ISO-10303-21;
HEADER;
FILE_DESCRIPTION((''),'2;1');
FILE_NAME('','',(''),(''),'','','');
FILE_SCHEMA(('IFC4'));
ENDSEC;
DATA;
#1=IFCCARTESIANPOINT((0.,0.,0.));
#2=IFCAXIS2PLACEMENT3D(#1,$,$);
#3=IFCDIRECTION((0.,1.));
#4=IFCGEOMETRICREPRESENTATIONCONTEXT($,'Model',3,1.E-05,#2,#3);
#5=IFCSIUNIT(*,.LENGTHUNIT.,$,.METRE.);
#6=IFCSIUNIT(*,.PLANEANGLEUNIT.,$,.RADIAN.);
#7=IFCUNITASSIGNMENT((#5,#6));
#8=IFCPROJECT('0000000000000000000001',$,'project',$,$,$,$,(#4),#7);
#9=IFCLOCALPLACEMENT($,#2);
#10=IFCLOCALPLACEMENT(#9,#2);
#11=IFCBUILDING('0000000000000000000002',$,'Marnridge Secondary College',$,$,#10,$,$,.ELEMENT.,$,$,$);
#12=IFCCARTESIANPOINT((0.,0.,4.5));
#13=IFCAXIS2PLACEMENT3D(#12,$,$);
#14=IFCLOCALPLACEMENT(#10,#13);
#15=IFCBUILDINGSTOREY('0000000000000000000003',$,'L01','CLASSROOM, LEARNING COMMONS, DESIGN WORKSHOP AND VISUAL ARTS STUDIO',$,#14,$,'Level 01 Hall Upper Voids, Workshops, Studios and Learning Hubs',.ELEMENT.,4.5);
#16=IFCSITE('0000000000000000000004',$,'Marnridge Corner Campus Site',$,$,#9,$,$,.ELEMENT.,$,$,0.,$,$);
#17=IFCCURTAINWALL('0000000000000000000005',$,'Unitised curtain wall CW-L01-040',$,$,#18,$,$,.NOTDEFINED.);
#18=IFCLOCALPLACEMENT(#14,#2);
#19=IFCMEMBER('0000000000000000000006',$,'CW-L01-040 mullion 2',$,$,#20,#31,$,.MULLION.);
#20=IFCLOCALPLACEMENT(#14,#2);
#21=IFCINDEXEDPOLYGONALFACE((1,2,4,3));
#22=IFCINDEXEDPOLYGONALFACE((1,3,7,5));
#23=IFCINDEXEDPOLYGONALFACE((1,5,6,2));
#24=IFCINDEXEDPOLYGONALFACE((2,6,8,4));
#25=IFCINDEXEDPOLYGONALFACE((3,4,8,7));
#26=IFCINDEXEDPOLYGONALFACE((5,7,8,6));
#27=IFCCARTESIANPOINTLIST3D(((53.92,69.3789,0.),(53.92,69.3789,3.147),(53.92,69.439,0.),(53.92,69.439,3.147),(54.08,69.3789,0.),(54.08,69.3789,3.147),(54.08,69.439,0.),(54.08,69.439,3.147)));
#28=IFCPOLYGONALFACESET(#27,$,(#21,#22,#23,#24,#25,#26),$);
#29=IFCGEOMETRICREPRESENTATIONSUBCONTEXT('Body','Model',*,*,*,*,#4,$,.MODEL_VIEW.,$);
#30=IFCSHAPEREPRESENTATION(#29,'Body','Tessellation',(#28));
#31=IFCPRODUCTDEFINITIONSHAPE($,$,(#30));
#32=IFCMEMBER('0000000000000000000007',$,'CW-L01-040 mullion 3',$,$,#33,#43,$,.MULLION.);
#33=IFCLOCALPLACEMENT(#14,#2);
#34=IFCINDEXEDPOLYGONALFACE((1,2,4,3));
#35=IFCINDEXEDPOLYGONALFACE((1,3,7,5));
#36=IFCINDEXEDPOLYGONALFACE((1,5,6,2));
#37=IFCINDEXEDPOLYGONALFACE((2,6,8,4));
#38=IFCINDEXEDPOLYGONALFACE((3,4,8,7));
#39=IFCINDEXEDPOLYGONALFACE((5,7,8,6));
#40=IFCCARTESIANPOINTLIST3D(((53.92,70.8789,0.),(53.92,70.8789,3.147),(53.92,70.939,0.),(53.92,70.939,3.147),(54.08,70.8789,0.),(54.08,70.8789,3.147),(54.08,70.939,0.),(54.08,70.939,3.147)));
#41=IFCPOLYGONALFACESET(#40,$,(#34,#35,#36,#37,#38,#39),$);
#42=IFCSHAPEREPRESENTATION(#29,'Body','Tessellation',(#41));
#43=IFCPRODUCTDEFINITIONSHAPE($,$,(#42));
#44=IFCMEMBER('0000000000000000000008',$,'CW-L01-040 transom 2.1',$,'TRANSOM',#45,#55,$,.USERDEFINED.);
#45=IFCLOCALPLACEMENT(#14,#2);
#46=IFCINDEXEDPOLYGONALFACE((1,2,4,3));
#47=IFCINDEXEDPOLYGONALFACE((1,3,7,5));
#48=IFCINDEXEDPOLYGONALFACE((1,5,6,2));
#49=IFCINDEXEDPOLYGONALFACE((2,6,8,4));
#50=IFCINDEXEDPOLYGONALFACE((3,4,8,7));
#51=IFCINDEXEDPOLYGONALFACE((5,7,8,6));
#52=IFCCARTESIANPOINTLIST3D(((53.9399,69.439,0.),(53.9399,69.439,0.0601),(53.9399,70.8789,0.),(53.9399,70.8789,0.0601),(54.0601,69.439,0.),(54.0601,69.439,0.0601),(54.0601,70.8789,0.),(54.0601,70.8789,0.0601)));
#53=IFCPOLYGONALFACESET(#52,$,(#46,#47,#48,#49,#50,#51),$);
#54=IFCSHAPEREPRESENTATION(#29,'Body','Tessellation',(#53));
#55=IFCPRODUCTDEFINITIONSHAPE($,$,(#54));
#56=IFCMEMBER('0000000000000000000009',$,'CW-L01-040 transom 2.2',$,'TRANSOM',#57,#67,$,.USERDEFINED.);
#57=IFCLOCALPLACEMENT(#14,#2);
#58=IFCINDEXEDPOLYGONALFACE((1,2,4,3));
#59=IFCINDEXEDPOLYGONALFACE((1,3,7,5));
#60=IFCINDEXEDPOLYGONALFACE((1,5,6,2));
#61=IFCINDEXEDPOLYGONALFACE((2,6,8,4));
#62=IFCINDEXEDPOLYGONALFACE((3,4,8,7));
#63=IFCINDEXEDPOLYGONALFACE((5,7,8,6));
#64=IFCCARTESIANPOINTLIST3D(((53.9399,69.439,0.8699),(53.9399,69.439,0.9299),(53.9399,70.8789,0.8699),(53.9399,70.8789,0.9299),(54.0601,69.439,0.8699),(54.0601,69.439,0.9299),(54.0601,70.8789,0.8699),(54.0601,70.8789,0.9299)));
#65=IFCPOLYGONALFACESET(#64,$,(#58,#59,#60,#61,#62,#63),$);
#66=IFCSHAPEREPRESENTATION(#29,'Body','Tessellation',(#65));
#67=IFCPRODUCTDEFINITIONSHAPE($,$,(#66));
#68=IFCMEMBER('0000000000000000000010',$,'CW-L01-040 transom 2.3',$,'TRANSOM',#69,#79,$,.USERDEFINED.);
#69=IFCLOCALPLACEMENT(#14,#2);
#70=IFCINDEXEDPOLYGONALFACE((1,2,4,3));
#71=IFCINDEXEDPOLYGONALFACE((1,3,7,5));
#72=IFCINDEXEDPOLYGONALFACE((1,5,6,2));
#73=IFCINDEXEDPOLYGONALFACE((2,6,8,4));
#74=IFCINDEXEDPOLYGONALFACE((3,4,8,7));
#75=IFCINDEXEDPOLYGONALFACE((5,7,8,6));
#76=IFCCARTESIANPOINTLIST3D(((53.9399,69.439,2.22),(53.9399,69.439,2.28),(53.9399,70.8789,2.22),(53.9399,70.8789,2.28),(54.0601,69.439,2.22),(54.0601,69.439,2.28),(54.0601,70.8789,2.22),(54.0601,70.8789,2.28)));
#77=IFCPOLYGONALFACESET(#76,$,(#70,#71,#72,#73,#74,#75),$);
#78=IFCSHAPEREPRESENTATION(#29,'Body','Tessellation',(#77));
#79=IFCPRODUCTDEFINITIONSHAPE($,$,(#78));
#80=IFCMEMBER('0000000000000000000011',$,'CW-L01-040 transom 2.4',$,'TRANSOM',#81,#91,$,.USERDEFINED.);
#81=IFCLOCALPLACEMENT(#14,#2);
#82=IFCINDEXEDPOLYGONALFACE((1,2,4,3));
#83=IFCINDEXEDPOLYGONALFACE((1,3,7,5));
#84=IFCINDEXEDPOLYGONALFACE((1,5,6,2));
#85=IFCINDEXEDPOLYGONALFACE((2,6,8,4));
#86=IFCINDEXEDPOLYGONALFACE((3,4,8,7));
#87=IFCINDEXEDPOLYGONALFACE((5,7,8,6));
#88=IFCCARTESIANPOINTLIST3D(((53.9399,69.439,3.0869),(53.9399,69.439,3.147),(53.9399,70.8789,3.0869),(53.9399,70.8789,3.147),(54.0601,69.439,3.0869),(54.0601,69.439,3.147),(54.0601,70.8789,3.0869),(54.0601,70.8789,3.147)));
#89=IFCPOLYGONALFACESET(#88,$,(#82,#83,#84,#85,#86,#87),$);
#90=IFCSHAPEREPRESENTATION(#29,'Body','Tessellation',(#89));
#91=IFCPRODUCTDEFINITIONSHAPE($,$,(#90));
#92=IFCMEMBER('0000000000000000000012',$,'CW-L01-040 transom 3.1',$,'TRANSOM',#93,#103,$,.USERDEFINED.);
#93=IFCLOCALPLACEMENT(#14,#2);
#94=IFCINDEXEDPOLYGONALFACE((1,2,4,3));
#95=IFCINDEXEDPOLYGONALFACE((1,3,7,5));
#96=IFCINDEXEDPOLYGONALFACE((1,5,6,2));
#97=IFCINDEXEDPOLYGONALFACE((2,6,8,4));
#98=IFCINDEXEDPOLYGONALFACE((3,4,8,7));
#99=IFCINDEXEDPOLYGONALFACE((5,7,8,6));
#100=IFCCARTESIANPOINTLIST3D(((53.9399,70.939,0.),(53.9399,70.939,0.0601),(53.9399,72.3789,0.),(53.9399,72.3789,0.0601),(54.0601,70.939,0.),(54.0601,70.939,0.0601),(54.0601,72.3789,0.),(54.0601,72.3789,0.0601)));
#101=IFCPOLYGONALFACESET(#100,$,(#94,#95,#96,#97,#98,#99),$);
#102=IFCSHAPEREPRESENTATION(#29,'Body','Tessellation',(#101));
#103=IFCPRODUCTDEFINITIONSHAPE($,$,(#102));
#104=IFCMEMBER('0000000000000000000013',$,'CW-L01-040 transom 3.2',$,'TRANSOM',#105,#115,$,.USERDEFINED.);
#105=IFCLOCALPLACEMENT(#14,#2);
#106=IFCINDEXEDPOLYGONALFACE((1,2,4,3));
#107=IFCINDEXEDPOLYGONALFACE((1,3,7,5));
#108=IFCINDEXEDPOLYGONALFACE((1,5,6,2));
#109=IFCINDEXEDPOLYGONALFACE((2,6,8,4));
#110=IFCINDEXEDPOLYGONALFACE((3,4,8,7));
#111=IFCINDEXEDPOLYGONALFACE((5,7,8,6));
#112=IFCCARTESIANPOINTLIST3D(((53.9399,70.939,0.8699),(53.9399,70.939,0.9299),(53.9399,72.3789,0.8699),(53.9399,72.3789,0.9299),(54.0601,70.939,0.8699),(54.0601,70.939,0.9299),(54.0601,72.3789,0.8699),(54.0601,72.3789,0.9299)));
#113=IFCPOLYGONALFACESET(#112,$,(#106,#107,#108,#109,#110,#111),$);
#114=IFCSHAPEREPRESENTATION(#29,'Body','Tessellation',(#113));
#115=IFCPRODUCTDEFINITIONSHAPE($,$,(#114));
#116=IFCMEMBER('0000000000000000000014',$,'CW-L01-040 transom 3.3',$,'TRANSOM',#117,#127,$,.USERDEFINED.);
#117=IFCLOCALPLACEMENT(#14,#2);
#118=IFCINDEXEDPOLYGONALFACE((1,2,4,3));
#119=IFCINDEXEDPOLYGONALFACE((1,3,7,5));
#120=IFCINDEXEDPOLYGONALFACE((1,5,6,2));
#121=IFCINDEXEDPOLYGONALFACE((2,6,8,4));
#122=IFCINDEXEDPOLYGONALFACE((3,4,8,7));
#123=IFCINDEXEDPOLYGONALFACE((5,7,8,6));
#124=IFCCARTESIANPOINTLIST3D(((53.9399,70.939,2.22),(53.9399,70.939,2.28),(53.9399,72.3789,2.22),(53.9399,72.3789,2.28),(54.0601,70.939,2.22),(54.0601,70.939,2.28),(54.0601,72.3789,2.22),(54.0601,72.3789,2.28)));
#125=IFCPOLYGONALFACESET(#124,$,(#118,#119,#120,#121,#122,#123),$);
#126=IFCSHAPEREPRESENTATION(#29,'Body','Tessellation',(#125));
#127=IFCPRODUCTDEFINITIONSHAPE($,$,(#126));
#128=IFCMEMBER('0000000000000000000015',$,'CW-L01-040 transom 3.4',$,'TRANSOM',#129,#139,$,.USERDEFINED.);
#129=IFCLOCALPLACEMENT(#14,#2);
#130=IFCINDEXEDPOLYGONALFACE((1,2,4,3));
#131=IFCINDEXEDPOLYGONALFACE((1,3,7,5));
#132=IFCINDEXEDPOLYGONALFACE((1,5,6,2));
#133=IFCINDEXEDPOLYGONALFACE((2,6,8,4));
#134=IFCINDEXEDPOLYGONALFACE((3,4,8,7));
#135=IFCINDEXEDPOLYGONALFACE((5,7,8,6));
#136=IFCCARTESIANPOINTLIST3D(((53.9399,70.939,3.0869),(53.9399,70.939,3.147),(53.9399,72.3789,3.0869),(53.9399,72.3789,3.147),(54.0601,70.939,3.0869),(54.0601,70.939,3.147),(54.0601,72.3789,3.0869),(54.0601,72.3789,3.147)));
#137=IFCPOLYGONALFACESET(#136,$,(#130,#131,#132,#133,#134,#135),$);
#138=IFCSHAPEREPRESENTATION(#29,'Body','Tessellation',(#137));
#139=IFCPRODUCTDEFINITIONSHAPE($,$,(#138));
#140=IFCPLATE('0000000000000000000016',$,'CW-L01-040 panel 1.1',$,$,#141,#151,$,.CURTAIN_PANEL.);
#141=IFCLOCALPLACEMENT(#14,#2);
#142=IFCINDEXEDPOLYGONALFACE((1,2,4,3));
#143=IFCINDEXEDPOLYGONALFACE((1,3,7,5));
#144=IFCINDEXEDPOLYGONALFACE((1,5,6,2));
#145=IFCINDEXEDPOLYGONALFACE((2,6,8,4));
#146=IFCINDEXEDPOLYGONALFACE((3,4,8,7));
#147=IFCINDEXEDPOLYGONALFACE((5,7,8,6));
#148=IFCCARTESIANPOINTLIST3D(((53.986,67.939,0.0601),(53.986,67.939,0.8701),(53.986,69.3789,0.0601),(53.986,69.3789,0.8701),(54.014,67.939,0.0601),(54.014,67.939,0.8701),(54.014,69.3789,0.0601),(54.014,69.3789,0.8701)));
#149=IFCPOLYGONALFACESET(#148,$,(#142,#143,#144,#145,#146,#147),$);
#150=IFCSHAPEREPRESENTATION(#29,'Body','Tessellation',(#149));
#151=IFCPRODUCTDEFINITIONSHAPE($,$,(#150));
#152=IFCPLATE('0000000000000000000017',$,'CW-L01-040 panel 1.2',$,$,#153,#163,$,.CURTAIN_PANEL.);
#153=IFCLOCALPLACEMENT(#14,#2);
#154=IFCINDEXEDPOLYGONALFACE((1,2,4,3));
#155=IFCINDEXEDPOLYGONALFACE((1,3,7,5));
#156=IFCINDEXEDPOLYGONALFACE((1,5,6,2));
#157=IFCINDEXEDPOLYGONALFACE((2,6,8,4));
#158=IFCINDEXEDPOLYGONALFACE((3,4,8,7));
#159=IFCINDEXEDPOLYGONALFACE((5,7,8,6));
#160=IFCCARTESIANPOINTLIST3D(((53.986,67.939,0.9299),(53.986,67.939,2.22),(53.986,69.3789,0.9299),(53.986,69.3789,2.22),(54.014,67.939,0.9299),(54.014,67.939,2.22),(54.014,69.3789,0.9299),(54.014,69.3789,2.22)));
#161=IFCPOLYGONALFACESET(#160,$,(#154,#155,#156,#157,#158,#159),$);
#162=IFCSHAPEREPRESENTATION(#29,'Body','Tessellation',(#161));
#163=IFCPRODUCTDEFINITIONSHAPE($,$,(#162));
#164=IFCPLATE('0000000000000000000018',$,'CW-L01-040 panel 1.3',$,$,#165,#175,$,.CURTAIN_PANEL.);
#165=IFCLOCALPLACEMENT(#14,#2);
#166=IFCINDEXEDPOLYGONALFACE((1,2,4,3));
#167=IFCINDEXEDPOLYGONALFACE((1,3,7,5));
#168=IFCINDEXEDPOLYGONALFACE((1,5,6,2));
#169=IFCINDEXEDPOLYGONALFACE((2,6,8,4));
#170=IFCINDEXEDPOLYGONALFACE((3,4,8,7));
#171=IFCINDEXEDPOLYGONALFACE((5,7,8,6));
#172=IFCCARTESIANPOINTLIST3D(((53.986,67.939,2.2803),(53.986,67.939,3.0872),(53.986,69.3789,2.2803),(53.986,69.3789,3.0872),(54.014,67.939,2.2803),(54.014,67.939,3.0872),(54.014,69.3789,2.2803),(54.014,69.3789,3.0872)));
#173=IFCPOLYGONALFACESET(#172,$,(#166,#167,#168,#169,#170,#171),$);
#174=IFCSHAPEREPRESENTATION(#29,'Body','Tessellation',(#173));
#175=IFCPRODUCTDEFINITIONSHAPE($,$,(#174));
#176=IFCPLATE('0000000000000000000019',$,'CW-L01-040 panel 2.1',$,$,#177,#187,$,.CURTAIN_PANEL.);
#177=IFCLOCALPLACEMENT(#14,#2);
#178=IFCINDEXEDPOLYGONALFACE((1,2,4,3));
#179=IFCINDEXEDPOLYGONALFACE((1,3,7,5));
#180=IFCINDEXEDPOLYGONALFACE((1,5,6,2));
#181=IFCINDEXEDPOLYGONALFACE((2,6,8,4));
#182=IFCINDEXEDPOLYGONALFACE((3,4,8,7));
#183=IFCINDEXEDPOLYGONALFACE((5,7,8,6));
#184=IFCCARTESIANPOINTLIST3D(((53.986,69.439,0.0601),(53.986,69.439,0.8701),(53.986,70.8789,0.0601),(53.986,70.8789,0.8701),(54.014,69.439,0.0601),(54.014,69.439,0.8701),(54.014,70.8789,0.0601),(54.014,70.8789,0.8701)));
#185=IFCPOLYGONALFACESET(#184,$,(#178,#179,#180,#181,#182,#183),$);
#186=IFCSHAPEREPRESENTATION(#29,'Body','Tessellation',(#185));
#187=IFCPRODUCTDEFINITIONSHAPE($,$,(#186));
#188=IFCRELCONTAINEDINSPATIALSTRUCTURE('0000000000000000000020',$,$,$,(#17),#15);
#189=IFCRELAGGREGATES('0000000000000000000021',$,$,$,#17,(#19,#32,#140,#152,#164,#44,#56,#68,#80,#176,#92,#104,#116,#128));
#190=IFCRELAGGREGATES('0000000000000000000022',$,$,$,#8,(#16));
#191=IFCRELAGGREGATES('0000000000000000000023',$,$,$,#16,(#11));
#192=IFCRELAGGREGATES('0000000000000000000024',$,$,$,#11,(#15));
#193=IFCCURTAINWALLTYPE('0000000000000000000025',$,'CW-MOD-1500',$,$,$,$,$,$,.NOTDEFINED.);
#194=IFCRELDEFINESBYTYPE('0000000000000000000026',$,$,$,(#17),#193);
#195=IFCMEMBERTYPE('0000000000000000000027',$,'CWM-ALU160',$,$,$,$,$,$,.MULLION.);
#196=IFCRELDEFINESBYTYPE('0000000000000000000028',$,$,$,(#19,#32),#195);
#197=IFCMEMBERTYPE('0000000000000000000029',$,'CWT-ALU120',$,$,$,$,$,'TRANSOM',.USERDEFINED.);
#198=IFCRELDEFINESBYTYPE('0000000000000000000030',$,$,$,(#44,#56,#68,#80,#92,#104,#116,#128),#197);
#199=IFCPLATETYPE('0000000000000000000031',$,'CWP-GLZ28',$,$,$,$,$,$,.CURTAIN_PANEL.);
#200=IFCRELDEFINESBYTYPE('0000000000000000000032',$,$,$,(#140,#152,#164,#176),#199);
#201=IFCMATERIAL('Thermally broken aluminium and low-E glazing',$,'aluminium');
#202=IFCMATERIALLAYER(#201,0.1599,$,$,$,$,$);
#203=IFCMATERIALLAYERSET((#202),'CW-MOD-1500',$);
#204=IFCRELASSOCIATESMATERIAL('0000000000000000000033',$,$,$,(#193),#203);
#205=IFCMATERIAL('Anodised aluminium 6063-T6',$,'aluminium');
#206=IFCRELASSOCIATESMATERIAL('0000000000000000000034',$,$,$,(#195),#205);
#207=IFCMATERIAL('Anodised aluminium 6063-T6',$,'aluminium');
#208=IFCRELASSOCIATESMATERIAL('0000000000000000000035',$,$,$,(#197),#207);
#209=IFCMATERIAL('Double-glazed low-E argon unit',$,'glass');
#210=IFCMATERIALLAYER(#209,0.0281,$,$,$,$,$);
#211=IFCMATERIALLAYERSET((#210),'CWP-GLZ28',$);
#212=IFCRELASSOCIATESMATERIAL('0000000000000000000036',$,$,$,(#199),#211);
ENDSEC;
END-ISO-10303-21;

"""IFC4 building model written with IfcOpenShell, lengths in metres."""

from ifc_helpers import new_model, si_unit, direction, frame, origin, origin_2d, place, context, subcontext, project, spatial, rectangle, extrude, material, layer, layer_set, material_profile, profile_set, type_object, element, aggregate, save


model = new_model("IFC4")

# Units and contexts
model_context = context("Model", 3, precision=1e-05, world=origin(), true_north=direction((0.0, 1.0)))
body_context = subcontext(model_context, "Body", "Model", "MODEL_VIEW")
ifc_project = project(units=[si_unit("LENGTHUNIT", "METRE"), si_unit("PLANEANGLEUNIT", "RADIAN")], contexts=[model_context])

# Site, building, storey
site_placement = place(None, origin())
site = spatial("IfcSite", under=ifc_project, at=site_placement, Name="Marnridge Corner Campus Site", CompositionType="ELEMENT", RefElevation=0.0)
building_placement = place(site_placement, origin())
building = spatial("IfcBuilding", under=site, at=building_placement, Name="Marnridge Secondary College", CompositionType="ELEMENT")
storey_placement = place(building_placement, frame((0.0, 0.0, 4.5)))
storey = spatial("IfcBuildingStorey", under=building, at=storey_placement, Name="L01", Description="CLASSROOM, LEARNING COMMONS, DESIGN WORKSHOP AND VISUAL ARTS STUDIO", LongName="Level 01 Hall Upper Voids, Workshops, Studios and Learning Hubs", CompositionType="ELEMENT", Elevation=4.5)

# Curtain wall, members, plates
ifc_material_1 = material(Name="Thermally broken aluminium and low-E glazing", Category="aluminium")
ifc_layer_1 = layer(ifc_material_1, 0.1599)
ifc_layer_set_1 = layer_set([ifc_layer_1], Name="CW-MOD-1500")
curtain_wall_type = type_object("IfcCurtainWallType", Name="CW-MOD-1500", PredefinedType="NOTDEFINED", material=ifc_layer_set_1)
curtain_wall_placement = place(storey_placement, origin())
curtain_wall = element("IfcCurtainWall", 1, at=curtain_wall_placement, inside=storey, type_object=curtain_wall_type, Name="Unitised curtain wall CW-L01-040", PredefinedType="NOTDEFINED")
ifc_material_2 = material(Name="Anodised aluminium 6063-T6", Category="aluminium")
ifc_material_profile_1 = material_profile(ifc_material_2, rectangle(XDim=0.0601, YDim=0.1599, at=origin_2d()), Name="ALU 60x160")
ifc_profile_set_1 = profile_set([ifc_material_profile_1], Name="Anodised aluminium 6063-T6")
member_type_1 = type_object("IfcMemberType", Name="CWM-ALU160", PredefinedType="MULLION", material=ifc_profile_set_1)
member_1_placement = place(storey_placement, frame((54.0, 69.4089, 0.0), z_axis=(0.0, 0.0, 1.0), x_axis=(0.0, 1.0, 0.0)))
member_1 = element("IfcMember", 2, at=member_1_placement, type_object=member_type_1, Name="CW-L01-040 mullion 2", PredefinedType="MULLION", context=body_context, shape_type="SweptSolid", body=[
    extrude(rectangle(XDim=0.0601, YDim=0.1599, at=origin_2d()), origin(), (0.0, 0.0, 1.0), 3.147),
])
member_2_placement = place(storey_placement, frame((54.0, 70.9089, 0.0), z_axis=(0.0, 0.0, 1.0), x_axis=(0.0, 1.0, 0.0)))
member_2 = element("IfcMember", 3, at=member_2_placement, type_object=member_type_1, Name="CW-L01-040 mullion 3", PredefinedType="MULLION", context=body_context, shape_type="SweptSolid", body=[
    extrude(rectangle(XDim=0.0601, YDim=0.1599, at=origin_2d()), origin(), (0.0, 0.0, 1.0), 3.147),
])
ifc_material_3 = material(Name="Anodised aluminium 6063-T6", Category="aluminium")
ifc_material_profile_2 = material_profile(ifc_material_3, rectangle(XDim=0.0601, YDim=0.1201, at=origin_2d()), Name="ALU 60x120")
ifc_profile_set_2 = profile_set([ifc_material_profile_2], Name="Anodised aluminium 6063-T6")
member_type_2 = type_object("IfcMemberType", Name="CWT-ALU120", ElementType="TRANSOM", PredefinedType="USERDEFINED", material=ifc_profile_set_2)
member_3_placement = place(storey_placement, frame((54.0, 69.439, 0.03), z_axis=(0.0, 1.0, 0.0), x_axis=(0.0, 0.0, 1.0)))
member_3 = element("IfcMember", 4, at=member_3_placement, type_object=member_type_2, Name="CW-L01-040 transom 2.1", ObjectType="TRANSOM", PredefinedType="USERDEFINED", context=body_context, shape_type="SweptSolid", body=[
    extrude(rectangle(XDim=0.0601, YDim=0.1201, at=origin_2d()), origin(), (0.0, 0.0, 1.0), 1.4399),
])
member_4_placement = place(storey_placement, frame((54.0, 69.439, 0.8999), z_axis=(0.0, 1.0, 0.0), x_axis=(0.0, 0.0, 1.0)))
member_4 = element("IfcMember", 5, at=member_4_placement, type_object=member_type_2, Name="CW-L01-040 transom 2.2", ObjectType="TRANSOM", PredefinedType="USERDEFINED", context=body_context, shape_type="SweptSolid", body=[
    extrude(rectangle(XDim=0.0601, YDim=0.1201, at=origin_2d()), origin(), (0.0, 0.0, 1.0), 1.4399),
])
member_5_placement = place(storey_placement, frame((54.0, 69.439, 2.25), z_axis=(0.0, 1.0, 0.0), x_axis=(0.0, 0.0, 1.0)))
member_5 = element("IfcMember", 6, at=member_5_placement, type_object=member_type_2, Name="CW-L01-040 transom 2.3", ObjectType="TRANSOM", PredefinedType="USERDEFINED", context=body_context, shape_type="SweptSolid", body=[
    extrude(rectangle(XDim=0.0601, YDim=0.1201, at=origin_2d()), origin(), (0.0, 0.0, 1.0), 1.4399),
])
member_6_placement = place(storey_placement, frame((54.0, 69.439, 3.1169), z_axis=(0.0, 1.0, 0.0), x_axis=(0.0, 0.0, 1.0)))
member_6 = element("IfcMember", 7, at=member_6_placement, type_object=member_type_2, Name="CW-L01-040 transom 2.4", ObjectType="TRANSOM", PredefinedType="USERDEFINED", context=body_context, shape_type="SweptSolid", body=[
    extrude(rectangle(XDim=0.0601, YDim=0.1201, at=origin_2d()), origin(), (0.0, 0.0, 1.0), 1.4399),
])
member_7_placement = place(storey_placement, frame((54.0, 70.939, 0.03), z_axis=(0.0, 1.0, 0.0), x_axis=(0.0, 0.0, 1.0)))
member_7 = element("IfcMember", 8, at=member_7_placement, type_object=member_type_2, Name="CW-L01-040 transom 3.1", ObjectType="TRANSOM", PredefinedType="USERDEFINED", context=body_context, shape_type="SweptSolid", body=[
    extrude(rectangle(XDim=0.0601, YDim=0.1201, at=origin_2d()), origin(), (0.0, 0.0, 1.0), 1.4399),
])
member_8_placement = place(storey_placement, frame((54.0, 70.939, 0.8999), z_axis=(0.0, 1.0, 0.0), x_axis=(0.0, 0.0, 1.0)))
member_8 = element("IfcMember", 9, at=member_8_placement, type_object=member_type_2, Name="CW-L01-040 transom 3.2", ObjectType="TRANSOM", PredefinedType="USERDEFINED", context=body_context, shape_type="SweptSolid", body=[
    extrude(rectangle(XDim=0.0601, YDim=0.1201, at=origin_2d()), origin(), (0.0, 0.0, 1.0), 1.4399),
])
member_9_placement = place(storey_placement, frame((54.0, 70.939, 2.25), z_axis=(0.0, 1.0, 0.0), x_axis=(0.0, 0.0, 1.0)))
member_9 = element("IfcMember", 10, at=member_9_placement, type_object=member_type_2, Name="CW-L01-040 transom 3.3", ObjectType="TRANSOM", PredefinedType="USERDEFINED", context=body_context, shape_type="SweptSolid", body=[
    extrude(rectangle(XDim=0.0601, YDim=0.1201, at=origin_2d()), origin(), (0.0, 0.0, 1.0), 1.4399),
])
member_10_placement = place(storey_placement, frame((54.0, 70.939, 3.1169), z_axis=(0.0, 1.0, 0.0), x_axis=(0.0, 0.0, 1.0)))
member_10 = element("IfcMember", 11, at=member_10_placement, type_object=member_type_2, Name="CW-L01-040 transom 3.4", ObjectType="TRANSOM", PredefinedType="USERDEFINED", context=body_context, shape_type="SweptSolid", body=[
    extrude(rectangle(XDim=0.0601, YDim=0.1201, at=origin_2d()), origin(), (0.0, 0.0, 1.0), 1.4399),
])
ifc_material_4 = material(Name="Double-glazed low-E argon unit", Category="glass")
ifc_layer_2 = layer(ifc_material_4, 0.0281)
ifc_layer_set_2 = layer_set([ifc_layer_2], Name="CWP-GLZ28")
plate_type = type_object("IfcPlateType", Name="CWP-GLZ28", PredefinedType="CURTAIN_PANEL", material=ifc_layer_set_2)
plate_1_placement = place(storey_placement, frame((54.0, 68.6589, 0.0601), z_axis=(0.0, 0.0, 1.0), x_axis=(0.0, 1.0, 0.0)))
plate_1 = element("IfcPlate", 12, at=plate_1_placement, type_object=plate_type, Name="CW-L01-040 panel 1.1", PredefinedType="CURTAIN_PANEL", context=body_context, shape_type="SweptSolid", body=[
    extrude(rectangle(XDim=1.4399, YDim=0.0281, at=origin_2d()), origin(), (0.0, 0.0, 1.0), 0.8101),
])
plate_2_placement = place(storey_placement, frame((54.0, 68.6589, 0.9299), z_axis=(0.0, 0.0, 1.0), x_axis=(0.0, 1.0, 0.0)))
plate_2 = element("IfcPlate", 13, at=plate_2_placement, type_object=plate_type, Name="CW-L01-040 panel 1.2", PredefinedType="CURTAIN_PANEL", context=body_context, shape_type="SweptSolid", body=[
    extrude(rectangle(XDim=1.4399, YDim=0.0281, at=origin_2d()), origin(), (0.0, 0.0, 1.0), 1.29),
])
plate_3_placement = place(storey_placement, frame((54.0, 68.6589, 2.2803), z_axis=(0.0, 0.0, 1.0), x_axis=(0.0, 1.0, 0.0)))
plate_3 = element("IfcPlate", 14, at=plate_3_placement, type_object=plate_type, Name="CW-L01-040 panel 1.3", PredefinedType="CURTAIN_PANEL", context=body_context, shape_type="SweptSolid", body=[
    extrude(rectangle(XDim=1.4399, YDim=0.0281, at=origin_2d()), origin(), (0.0, 0.0, 1.0), 0.8069),
])
plate_4_placement = place(storey_placement, frame((54.0, 70.1589, 0.0601), z_axis=(0.0, 0.0, 1.0), x_axis=(0.0, 1.0, 0.0)))
plate_4 = element("IfcPlate", 15, at=plate_4_placement, type_object=plate_type, Name="CW-L01-040 panel 2.1", PredefinedType="CURTAIN_PANEL", context=body_context, shape_type="SweptSolid", body=[
    extrude(rectangle(XDim=1.4399, YDim=0.0281, at=origin_2d()), origin(), (0.0, 0.0, 1.0), 0.8101),
])
aggregate(curtain_wall, [member_1, member_2, plate_1, plate_2, plate_3, member_3, member_4, member_5, member_6, plate_4, member_7, member_8, member_9, member_10])

save(model, "model.ifc")
